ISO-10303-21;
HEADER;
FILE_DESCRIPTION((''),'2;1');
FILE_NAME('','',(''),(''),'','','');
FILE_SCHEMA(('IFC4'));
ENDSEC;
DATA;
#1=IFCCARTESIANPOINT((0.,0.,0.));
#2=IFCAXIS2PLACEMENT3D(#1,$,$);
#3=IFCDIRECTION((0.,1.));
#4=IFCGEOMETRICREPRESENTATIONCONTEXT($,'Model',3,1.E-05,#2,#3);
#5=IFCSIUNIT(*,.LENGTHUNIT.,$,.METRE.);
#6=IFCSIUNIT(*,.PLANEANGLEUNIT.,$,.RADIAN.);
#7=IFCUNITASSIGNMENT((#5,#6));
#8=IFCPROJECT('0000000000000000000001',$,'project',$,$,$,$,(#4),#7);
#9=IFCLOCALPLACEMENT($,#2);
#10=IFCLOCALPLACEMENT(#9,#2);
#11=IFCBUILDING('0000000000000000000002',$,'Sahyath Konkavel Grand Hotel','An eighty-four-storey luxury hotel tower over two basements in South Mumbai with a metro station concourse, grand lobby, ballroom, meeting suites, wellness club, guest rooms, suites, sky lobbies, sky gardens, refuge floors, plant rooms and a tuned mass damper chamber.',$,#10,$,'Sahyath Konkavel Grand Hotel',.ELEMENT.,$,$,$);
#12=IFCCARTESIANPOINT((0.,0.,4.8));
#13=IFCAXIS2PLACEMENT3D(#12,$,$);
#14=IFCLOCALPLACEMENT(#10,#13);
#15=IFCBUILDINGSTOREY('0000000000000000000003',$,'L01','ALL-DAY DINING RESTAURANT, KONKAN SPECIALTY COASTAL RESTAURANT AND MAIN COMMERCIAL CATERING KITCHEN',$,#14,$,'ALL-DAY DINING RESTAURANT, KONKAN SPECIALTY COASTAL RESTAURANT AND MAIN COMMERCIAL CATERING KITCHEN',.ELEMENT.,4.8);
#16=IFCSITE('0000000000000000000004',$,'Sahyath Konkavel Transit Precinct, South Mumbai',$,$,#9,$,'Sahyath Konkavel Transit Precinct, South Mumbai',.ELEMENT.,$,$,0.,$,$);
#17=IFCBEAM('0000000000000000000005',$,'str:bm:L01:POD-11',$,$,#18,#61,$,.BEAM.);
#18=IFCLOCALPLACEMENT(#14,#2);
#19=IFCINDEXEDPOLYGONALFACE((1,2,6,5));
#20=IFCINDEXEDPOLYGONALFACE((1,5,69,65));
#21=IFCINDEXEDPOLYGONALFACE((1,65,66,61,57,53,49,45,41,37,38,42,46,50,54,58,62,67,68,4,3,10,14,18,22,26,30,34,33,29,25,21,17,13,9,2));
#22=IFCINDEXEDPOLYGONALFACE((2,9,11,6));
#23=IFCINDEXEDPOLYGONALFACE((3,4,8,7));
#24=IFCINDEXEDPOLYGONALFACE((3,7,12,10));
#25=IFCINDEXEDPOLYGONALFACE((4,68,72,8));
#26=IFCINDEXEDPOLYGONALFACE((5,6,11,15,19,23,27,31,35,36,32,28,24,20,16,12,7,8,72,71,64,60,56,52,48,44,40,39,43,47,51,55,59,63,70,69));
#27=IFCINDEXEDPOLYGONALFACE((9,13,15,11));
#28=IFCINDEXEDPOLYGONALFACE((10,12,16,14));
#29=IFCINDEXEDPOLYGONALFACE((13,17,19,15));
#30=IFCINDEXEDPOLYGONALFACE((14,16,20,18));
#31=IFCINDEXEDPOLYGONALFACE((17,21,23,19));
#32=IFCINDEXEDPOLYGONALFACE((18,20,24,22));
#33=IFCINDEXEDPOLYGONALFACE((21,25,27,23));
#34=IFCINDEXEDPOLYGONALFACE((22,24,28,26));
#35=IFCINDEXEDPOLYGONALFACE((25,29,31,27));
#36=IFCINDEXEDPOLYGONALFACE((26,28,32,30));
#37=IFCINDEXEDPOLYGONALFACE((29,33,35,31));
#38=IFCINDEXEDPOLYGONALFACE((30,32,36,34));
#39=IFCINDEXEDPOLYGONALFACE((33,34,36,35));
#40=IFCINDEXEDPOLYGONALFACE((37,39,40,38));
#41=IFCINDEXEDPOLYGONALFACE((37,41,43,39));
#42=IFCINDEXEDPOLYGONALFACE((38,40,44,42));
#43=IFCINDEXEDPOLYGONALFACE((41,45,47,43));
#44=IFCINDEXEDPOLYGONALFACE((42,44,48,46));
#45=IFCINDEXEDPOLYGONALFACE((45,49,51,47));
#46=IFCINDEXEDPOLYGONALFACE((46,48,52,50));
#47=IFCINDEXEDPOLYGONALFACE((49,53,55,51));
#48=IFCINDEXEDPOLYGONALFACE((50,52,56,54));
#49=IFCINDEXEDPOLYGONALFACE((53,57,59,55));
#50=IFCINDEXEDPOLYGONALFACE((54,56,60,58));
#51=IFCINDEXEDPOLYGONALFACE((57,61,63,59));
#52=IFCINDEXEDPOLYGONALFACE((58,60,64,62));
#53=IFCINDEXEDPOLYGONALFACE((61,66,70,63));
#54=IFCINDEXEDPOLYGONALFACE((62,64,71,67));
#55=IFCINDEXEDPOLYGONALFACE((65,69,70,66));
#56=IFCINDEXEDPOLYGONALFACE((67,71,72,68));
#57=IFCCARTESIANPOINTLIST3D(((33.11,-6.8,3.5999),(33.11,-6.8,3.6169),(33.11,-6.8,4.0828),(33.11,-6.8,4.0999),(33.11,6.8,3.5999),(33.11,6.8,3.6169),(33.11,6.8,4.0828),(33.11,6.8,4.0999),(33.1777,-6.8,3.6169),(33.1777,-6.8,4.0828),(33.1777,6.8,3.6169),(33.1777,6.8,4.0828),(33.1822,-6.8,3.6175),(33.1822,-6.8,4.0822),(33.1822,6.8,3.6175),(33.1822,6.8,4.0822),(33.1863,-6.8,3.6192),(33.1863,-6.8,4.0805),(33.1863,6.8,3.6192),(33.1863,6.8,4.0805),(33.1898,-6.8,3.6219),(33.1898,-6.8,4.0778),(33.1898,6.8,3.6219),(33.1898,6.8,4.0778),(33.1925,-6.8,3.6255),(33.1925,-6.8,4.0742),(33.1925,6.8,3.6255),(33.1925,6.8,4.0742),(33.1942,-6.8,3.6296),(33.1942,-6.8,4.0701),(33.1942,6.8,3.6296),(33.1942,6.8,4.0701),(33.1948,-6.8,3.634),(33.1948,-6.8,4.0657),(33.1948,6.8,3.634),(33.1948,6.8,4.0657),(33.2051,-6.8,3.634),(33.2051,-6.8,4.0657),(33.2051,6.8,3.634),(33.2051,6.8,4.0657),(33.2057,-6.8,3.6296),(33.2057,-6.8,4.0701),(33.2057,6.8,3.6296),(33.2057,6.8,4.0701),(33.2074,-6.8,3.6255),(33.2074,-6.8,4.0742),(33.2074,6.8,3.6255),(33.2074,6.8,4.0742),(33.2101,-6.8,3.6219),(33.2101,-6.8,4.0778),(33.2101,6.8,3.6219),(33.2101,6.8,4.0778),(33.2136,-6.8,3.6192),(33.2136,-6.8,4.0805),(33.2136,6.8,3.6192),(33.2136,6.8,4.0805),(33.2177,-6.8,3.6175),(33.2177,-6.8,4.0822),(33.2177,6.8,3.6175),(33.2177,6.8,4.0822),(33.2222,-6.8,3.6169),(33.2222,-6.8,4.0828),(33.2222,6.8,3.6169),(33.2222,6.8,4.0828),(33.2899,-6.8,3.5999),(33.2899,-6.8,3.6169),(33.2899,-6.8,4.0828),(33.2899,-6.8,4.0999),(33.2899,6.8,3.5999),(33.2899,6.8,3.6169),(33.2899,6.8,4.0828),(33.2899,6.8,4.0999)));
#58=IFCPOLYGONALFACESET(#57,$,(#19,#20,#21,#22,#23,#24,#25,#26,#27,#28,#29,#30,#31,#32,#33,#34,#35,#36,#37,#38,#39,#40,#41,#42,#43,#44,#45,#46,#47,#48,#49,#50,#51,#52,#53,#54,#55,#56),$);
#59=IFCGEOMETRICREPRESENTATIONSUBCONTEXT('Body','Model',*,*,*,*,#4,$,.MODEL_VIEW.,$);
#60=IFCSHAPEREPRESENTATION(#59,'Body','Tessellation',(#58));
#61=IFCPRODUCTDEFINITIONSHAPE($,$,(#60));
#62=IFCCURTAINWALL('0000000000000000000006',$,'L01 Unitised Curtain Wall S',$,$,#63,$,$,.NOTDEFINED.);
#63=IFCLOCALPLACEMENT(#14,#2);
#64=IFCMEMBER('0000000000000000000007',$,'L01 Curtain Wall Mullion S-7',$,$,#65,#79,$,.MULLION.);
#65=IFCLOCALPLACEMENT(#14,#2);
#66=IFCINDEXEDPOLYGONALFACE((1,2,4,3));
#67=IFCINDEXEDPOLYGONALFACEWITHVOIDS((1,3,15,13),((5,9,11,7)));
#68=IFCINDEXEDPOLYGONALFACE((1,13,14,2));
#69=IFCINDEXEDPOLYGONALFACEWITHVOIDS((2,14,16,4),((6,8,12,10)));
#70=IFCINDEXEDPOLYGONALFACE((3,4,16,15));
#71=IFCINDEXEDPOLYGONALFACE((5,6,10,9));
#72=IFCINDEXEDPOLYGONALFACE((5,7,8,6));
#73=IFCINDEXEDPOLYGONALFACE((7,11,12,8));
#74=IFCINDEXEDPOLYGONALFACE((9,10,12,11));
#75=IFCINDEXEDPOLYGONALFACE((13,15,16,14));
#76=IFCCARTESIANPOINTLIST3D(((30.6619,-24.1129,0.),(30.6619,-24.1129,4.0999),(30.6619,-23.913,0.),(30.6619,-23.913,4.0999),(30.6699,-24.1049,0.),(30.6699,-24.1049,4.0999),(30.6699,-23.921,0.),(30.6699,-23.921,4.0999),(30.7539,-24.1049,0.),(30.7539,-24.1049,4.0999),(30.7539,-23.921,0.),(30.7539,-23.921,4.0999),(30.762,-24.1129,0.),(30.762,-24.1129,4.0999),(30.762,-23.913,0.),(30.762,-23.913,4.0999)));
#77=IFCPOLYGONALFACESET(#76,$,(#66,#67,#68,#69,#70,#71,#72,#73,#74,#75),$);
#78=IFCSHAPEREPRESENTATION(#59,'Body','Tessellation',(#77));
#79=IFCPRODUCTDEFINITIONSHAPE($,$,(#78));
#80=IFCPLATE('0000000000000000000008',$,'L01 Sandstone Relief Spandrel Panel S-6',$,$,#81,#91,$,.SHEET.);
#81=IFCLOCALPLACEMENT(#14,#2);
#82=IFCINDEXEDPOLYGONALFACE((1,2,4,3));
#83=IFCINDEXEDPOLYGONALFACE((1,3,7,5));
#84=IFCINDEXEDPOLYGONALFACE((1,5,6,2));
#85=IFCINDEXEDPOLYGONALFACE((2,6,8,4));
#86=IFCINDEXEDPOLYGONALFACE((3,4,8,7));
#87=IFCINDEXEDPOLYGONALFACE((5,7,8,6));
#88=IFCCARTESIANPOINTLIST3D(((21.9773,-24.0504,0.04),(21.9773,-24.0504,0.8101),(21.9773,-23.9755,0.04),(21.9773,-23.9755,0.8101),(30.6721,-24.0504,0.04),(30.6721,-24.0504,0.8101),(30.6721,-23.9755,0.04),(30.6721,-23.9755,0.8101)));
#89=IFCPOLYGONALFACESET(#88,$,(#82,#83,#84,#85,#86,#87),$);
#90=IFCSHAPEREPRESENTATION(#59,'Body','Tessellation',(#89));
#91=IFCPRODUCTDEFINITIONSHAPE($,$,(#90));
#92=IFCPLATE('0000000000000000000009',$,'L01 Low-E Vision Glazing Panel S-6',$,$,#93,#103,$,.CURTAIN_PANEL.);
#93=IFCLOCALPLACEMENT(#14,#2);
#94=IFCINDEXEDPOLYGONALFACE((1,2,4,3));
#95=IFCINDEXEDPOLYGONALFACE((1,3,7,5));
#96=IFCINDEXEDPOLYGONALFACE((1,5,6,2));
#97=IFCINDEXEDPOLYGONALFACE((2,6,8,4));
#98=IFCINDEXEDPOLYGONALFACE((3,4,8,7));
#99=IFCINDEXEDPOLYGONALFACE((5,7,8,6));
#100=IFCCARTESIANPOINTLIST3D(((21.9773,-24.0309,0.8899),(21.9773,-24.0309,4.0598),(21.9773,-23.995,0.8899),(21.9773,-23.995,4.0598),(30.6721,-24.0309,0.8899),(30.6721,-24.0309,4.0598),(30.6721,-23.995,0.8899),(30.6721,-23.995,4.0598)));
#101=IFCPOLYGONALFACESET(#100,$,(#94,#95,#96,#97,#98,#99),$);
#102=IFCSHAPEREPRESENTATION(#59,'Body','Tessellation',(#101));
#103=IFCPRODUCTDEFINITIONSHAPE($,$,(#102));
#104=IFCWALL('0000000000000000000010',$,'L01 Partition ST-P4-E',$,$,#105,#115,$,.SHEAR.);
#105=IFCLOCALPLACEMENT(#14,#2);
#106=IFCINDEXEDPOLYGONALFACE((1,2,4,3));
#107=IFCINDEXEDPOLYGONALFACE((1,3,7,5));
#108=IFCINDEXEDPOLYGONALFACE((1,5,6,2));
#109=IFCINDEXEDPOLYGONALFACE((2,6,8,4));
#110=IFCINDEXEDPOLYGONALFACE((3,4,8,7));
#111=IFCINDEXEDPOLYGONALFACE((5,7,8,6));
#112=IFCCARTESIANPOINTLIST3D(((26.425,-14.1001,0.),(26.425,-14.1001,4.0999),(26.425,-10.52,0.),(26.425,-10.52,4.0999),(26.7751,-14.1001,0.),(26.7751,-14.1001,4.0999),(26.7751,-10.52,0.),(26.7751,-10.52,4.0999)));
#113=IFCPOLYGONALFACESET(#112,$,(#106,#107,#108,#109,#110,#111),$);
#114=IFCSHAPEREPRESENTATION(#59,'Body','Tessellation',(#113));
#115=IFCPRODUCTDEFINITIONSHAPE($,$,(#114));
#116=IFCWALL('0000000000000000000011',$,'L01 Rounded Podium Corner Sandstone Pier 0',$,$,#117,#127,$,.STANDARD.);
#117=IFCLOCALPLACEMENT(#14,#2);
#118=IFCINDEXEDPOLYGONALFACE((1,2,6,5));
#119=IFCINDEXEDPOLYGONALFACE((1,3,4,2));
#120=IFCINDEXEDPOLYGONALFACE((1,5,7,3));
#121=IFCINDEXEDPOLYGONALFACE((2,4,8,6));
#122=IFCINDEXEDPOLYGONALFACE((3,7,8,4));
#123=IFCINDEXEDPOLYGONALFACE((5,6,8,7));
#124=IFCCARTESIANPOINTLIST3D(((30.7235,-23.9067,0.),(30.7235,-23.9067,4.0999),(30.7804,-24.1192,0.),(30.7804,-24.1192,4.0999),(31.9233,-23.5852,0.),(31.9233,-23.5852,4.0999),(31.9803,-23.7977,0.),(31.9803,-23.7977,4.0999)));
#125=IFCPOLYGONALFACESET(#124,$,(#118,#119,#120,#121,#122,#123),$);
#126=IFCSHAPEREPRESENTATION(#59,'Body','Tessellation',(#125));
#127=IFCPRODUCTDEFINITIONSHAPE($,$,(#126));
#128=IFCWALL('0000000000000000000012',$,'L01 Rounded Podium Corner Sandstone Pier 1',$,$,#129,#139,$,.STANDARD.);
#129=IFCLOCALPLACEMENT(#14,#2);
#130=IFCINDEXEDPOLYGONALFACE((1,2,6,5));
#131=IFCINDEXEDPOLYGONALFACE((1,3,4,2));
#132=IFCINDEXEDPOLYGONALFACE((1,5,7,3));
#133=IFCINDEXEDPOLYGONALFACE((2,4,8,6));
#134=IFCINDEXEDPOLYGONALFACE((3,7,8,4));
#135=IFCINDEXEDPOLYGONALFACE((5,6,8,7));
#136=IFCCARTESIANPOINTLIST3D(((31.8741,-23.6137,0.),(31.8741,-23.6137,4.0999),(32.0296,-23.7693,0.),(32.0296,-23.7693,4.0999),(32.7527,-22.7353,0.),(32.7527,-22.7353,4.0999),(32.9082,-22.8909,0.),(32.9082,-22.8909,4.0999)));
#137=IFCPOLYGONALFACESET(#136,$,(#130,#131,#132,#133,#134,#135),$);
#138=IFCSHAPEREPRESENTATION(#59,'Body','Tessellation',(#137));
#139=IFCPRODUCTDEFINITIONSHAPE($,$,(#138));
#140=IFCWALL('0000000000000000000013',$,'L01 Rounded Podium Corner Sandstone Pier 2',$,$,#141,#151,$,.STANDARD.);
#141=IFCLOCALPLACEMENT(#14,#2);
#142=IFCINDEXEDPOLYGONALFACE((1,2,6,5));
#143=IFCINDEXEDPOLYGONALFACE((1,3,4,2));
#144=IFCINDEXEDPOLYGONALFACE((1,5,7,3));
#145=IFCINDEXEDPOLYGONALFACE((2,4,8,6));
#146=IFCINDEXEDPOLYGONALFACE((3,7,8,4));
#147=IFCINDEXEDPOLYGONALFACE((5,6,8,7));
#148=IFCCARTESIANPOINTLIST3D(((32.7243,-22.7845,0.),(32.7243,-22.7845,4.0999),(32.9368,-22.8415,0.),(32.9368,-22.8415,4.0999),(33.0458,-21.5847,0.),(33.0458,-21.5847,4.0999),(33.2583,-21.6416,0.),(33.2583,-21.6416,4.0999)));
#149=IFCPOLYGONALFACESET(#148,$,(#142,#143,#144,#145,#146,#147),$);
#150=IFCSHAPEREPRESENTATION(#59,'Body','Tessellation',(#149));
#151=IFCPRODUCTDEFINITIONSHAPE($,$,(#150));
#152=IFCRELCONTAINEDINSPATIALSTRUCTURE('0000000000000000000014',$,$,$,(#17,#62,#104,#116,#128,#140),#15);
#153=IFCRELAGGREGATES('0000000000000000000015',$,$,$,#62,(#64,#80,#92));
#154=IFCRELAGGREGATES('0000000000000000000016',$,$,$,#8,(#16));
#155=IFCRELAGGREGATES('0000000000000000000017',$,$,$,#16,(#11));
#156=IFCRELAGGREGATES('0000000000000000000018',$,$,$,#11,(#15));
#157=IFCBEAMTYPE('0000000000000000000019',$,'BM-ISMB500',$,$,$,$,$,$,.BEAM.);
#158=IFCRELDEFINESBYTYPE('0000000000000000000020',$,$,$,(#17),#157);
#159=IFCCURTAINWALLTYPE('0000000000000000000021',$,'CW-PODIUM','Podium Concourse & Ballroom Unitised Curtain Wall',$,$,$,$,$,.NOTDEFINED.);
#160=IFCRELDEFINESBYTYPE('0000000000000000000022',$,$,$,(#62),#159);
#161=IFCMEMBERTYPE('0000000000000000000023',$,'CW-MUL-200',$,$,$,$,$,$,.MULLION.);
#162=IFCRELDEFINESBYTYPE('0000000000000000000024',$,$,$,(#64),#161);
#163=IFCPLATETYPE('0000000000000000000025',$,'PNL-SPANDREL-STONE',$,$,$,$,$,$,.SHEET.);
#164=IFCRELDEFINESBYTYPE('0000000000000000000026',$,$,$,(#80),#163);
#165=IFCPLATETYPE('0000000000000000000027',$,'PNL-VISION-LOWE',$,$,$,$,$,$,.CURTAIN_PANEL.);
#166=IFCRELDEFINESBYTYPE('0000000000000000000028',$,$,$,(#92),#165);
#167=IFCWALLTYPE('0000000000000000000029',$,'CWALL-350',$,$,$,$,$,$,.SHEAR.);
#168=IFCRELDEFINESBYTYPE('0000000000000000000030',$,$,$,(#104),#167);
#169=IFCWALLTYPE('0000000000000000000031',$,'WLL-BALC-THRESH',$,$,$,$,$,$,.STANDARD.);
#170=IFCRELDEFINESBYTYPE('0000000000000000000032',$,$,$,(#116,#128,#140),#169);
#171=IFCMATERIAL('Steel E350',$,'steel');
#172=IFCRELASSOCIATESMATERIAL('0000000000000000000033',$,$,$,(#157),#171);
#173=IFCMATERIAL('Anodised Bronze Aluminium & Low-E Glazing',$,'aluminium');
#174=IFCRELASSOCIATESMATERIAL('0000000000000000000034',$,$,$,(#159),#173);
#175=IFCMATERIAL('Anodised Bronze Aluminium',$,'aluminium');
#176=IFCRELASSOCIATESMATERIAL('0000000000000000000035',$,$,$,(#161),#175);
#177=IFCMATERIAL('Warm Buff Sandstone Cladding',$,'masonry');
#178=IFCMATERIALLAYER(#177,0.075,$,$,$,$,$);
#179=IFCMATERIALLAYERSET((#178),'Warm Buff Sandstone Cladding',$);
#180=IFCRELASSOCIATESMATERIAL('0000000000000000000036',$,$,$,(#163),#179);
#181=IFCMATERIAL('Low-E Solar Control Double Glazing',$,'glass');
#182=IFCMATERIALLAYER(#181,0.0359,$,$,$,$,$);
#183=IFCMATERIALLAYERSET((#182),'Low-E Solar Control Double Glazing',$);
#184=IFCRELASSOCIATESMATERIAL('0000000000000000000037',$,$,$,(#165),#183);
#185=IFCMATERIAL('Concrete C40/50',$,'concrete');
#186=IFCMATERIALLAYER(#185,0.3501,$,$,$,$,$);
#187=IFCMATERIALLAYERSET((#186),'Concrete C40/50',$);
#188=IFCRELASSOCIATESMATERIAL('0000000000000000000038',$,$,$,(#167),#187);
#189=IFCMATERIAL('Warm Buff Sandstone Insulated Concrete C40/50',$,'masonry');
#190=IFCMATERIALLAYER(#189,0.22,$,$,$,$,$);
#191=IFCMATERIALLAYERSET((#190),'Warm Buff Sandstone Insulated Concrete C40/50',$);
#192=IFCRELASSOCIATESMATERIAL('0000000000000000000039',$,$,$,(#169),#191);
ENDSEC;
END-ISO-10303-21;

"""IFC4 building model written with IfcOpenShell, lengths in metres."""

from ifc_helpers import new_model, si_unit, direction, frame, frame_2d, origin, origin_2d, place, context, subcontext, project, spatial, rectangle, hollow_rectangle, i_section, extrude, source, transform, mapped, material, layer, layer_set, material_profile, profile_set, type_object, element, aggregate, save


model = new_model("IFC4")

# Units and contexts
model_context = context("Model", 3, precision=1e-05, world=origin(), true_north=direction((0.0, 1.0)))
body_context = subcontext(model_context, "Body", "Model", "MODEL_VIEW")
ifc_project = project(units=[si_unit("LENGTHUNIT", "METRE"), si_unit("PLANEANGLEUNIT", "RADIAN")], contexts=[model_context])

# Site, building, storey
site_placement = place(None, origin())
site = spatial("IfcSite", under=ifc_project, at=site_placement, Name="Sahyath Konkavel Transit Precinct, South Mumbai", LongName="Sahyath Konkavel Transit Precinct, South Mumbai", CompositionType="ELEMENT", RefElevation=0.0)
building_placement = place(site_placement, origin())
building = spatial("IfcBuilding", under=site, at=building_placement, Name="Sahyath Konkavel Grand Hotel", Description="An eighty-four-storey luxury hotel tower over two basements in South Mumbai with a metro station concourse, grand lobby, ballroom, meeting suites, wellness club, guest rooms, suites, sky lobbies, sky gardens, refuge floors, plant rooms and a tuned mass damper chamber.", LongName="Sahyath Konkavel Grand Hotel", CompositionType="ELEMENT")
storey_placement = place(building_placement, frame((0.0, 0.0, 4.8)))
storey = spatial("IfcBuildingStorey", under=building, at=storey_placement, Name="L01", Description="ALL-DAY DINING RESTAURANT, KONKAN SPECIALTY COASTAL RESTAURANT AND MAIN COMMERCIAL CATERING KITCHEN", LongName="ALL-DAY DINING RESTAURANT, KONKAN SPECIALTY COASTAL RESTAURANT AND MAIN COMMERCIAL CATERING KITCHEN", CompositionType="ELEMENT", Elevation=4.8)

# Beam
ifc_material_1 = material(Name="Steel E350", Category="steel")
ifc_material_profile_1 = material_profile(ifc_material_1, i_section(OverallWidth=0.1799, OverallDepth=0.5, WebThickness=0.0103, FlangeThickness=0.0171, FilletRadius=0.0171, at=origin_2d()), Name="ISMB 500")
ifc_profile_set_1 = profile_set([ifc_material_profile_1], Name="Steel E350")
beam_type_1 = type_object("IfcBeamType", Name="BM-ISMB500", PredefinedType="BEAM", material=ifc_profile_set_1)
shared_shape_1 = source(origin(), body_context, "Body", "SweptSolid", [
    extrude(i_section(OverallWidth=0.1799, OverallDepth=0.5, WebThickness=0.0103, FlangeThickness=0.0171, FilletRadius=0.0171, at=origin_2d()), origin(), (0.0, 0.0, 1.0), 13.6001),
])
beam_1_placement = place(storey_placement, frame((33.2, -6.8, 3.8499), z_axis=(0.0, 1.0, 0.0), x_axis=(-1.0, 0.0, 0.0)))
element("IfcBeam", 1, at=beam_1_placement, inside=storey, type_object=beam_type_1, Name="str:bm:L01:POD-11", PredefinedType="BEAM", context=body_context, shape_type="MappedRepresentation", body=[
    mapped(shared_shape_1, transform((0.0, 0.0, 0.0), scale=1.0)),
])

# Curtain wall, member, plates
ifc_material_2 = material(Name="Anodised Bronze Aluminium & Low-E Glazing", Category="aluminium")
curtain_wall_type = type_object("IfcCurtainWallType", Name="CW-PODIUM", Description="Podium Concourse & Ballroom Unitised Curtain Wall", PredefinedType="NOTDEFINED", material=ifc_material_2)
curtain_wall_placement = place(storey_placement, origin())
curtain_wall = element("IfcCurtainWall", 2, at=curtain_wall_placement, inside=storey, type_object=curtain_wall_type, Name="L01 Unitised Curtain Wall S", PredefinedType="NOTDEFINED")
ifc_material_3 = material(Name="Anodised Bronze Aluminium", Category="aluminium")
ifc_material_profile_2 = material_profile(ifc_material_3, hollow_rectangle(XDim=0.1001, YDim=0.2, WallThickness=0.0081, at=origin_2d()), Name="RHS 200x100x8")
ifc_profile_set_2 = profile_set([ifc_material_profile_2], Name="Anodised Bronze Aluminium")
member_type = type_object("IfcMemberType", Name="CW-MUL-200", PredefinedType="MULLION", material=ifc_profile_set_2)
shared_shape_2 = source(origin(), body_context, "Body", "SweptSolid", [
    extrude(hollow_rectangle(XDim=0.1001, YDim=0.2, WallThickness=0.0081, at=origin_2d()), origin(), (0.0, 0.0, 1.0), 4.0999),
])
member_placement = place(storey_placement, frame((30.7119, -24.0129, 0.0), z_axis=(0.0, 0.0, 1.0), x_axis=(1.0, 0.0, 0.0)))
member = element("IfcMember", 3, at=member_placement, type_object=member_type, Name="L01 Curtain Wall Mullion S-7", PredefinedType="MULLION", context=body_context, shape_type="MappedRepresentation", body=[
    mapped(shared_shape_2, transform((0.0, 0.0, 0.0), scale=1.0)),
])
ifc_material_4 = material(Name="Warm Buff Sandstone Cladding", Category="masonry")
ifc_layer_1 = layer(ifc_material_4, 0.075)
ifc_layer_set_1 = layer_set([ifc_layer_1], Name="Warm Buff Sandstone Cladding")
plate_type_1 = type_object("IfcPlateType", Name="PNL-SPANDREL-STONE", PredefinedType="SHEET", material=ifc_layer_set_1)
shared_shape_3 = source(origin(), body_context, "Body", "SweptSolid", [
    extrude(rectangle(XDim=8.6948, YDim=0.075, at=origin_2d()), origin(), (0.0, 0.0, 1.0), 0.77),
])
plate_1_placement = place(storey_placement, frame((26.3247, -24.0129, 0.04), z_axis=(0.0, 0.0, 1.0), x_axis=(1.0, 0.0, 0.0)))
plate_1 = element("IfcPlate", 4, at=plate_1_placement, type_object=plate_type_1, Name="L01 Sandstone Relief Spandrel Panel S-6", PredefinedType="SHEET", context=body_context, shape_type="MappedRepresentation", body=[
    mapped(shared_shape_3, transform((0.0, 0.0, 0.0), scale=1.0)),
])
ifc_material_5 = material(Name="Low-E Solar Control Double Glazing", Category="glass")
ifc_layer_2 = layer(ifc_material_5, 0.0359)
ifc_layer_set_2 = layer_set([ifc_layer_2], Name="Low-E Solar Control Double Glazing")
plate_type_2 = type_object("IfcPlateType", Name="PNL-VISION-LOWE", PredefinedType="CURTAIN_PANEL", material=ifc_layer_set_2)
shared_shape_4 = source(origin(), body_context, "Body", "SweptSolid", [
    extrude(rectangle(XDim=8.6948, YDim=0.0359, at=origin_2d()), origin(), (0.0, 0.0, 1.0), 3.1699),
])
plate_2_placement = place(storey_placement, frame((26.3247, -24.0129, 0.8899), z_axis=(0.0, 0.0, 1.0), x_axis=(1.0, 0.0, 0.0)))
plate_2 = element("IfcPlate", 5, at=plate_2_placement, type_object=plate_type_2, Name="L01 Low-E Vision Glazing Panel S-6", PredefinedType="CURTAIN_PANEL", context=body_context, shape_type="MappedRepresentation", body=[
    mapped(shared_shape_4, transform((0.0, 0.0, 0.0), scale=1.0)),
])
aggregate(curtain_wall, [member, plate_1, plate_2])

# Walls
ifc_material_6 = material(Name="Concrete C40/50", Category="concrete")
ifc_layer_3 = layer(ifc_material_6, 0.3501)
ifc_layer_set_3 = layer_set([ifc_layer_3], Name="Concrete C40/50")
wall_type_1 = type_object("IfcWallType", Name="CWALL-350", PredefinedType="SHEAR", material=ifc_layer_set_3)
wall_1_placement = place(storey_placement, frame((26.6001, -14.1001, 0.0), z_axis=(0.0, 0.0, 1.0), x_axis=(0.0, 1.0, 0.0)))
element("IfcWall", 6, at=wall_1_placement, inside=storey, type_object=wall_type_1, Name="L01 Partition ST-P4-E", PredefinedType="SHEAR", context=body_context, shape_type="SweptSolid", body=[
    extrude(rectangle(XDim=3.5801, YDim=0.3501, at=frame_2d((1.79, 0.0))), origin(), (0.0, 0.0, 1.0), 4.0999),
])
ifc_material_7 = material(Name="Warm Buff Sandstone Insulated Concrete C40/50", Category="masonry")
ifc_layer_4 = layer(ifc_material_7, 0.22)
ifc_layer_set_4 = layer_set([ifc_layer_4], Name="Warm Buff Sandstone Insulated Concrete C40/50")
wall_type_2 = type_object("IfcWallType", Name="WLL-BALC-THRESH", PredefinedType="STANDARD", material=ifc_layer_set_4)
wall_2_placement = place(storey_placement, frame((30.752, -24.0129, 0.0), z_axis=(0.0, 0.0, 1.0), x_axis=(0.965924, 0.258824, 0.0)))
element("IfcWall", 7, at=wall_2_placement, inside=storey, type_object=wall_type_2, Name="L01 Rounded Podium Corner Sandstone Pier 0", PredefinedType="STANDARD", context=body_context, shape_type="SweptSolid", body=[
    extrude(rectangle(XDim=1.2422, YDim=0.22, at=frame_2d((0.6211, 0.0))), origin(), (0.0, 0.0, 1.0), 4.0999),
])
wall_3_placement = place(storey_placement, frame((31.9519, -23.6914, 0.0), z_axis=(0.0, 0.0, 1.0), x_axis=(0.707205, 0.707009, 0.0)))
element("IfcWall", 8, at=wall_3_placement, inside=storey, type_object=wall_type_2, Name="L01 Rounded Podium Corner Sandstone Pier 1", PredefinedType="STANDARD", context=body_context, shape_type="SweptSolid", body=[
    extrude(rectangle(XDim=1.2424, YDim=0.22, at=frame_2d((0.6211, 0.0))), origin(), (0.0, 0.0, 1.0), 4.0999),
])
wall_4_placement = place(storey_placement, frame((32.8306, -22.813, 0.0), z_axis=(0.0, 0.0, 1.0), x_axis=(0.258824, 0.965924, 0.0)))
element("IfcWall", 9, at=wall_4_placement, inside=storey, type_object=wall_type_2, Name="L01 Rounded Podium Corner Sandstone Pier 2", PredefinedType="STANDARD", context=body_context, shape_type="SweptSolid", body=[
    extrude(rectangle(XDim=1.2422, YDim=0.22, at=frame_2d((0.6211, 0.0))), origin(), (0.0, 0.0, 1.0), 4.0999),
])

save(model, "model.ifc")
